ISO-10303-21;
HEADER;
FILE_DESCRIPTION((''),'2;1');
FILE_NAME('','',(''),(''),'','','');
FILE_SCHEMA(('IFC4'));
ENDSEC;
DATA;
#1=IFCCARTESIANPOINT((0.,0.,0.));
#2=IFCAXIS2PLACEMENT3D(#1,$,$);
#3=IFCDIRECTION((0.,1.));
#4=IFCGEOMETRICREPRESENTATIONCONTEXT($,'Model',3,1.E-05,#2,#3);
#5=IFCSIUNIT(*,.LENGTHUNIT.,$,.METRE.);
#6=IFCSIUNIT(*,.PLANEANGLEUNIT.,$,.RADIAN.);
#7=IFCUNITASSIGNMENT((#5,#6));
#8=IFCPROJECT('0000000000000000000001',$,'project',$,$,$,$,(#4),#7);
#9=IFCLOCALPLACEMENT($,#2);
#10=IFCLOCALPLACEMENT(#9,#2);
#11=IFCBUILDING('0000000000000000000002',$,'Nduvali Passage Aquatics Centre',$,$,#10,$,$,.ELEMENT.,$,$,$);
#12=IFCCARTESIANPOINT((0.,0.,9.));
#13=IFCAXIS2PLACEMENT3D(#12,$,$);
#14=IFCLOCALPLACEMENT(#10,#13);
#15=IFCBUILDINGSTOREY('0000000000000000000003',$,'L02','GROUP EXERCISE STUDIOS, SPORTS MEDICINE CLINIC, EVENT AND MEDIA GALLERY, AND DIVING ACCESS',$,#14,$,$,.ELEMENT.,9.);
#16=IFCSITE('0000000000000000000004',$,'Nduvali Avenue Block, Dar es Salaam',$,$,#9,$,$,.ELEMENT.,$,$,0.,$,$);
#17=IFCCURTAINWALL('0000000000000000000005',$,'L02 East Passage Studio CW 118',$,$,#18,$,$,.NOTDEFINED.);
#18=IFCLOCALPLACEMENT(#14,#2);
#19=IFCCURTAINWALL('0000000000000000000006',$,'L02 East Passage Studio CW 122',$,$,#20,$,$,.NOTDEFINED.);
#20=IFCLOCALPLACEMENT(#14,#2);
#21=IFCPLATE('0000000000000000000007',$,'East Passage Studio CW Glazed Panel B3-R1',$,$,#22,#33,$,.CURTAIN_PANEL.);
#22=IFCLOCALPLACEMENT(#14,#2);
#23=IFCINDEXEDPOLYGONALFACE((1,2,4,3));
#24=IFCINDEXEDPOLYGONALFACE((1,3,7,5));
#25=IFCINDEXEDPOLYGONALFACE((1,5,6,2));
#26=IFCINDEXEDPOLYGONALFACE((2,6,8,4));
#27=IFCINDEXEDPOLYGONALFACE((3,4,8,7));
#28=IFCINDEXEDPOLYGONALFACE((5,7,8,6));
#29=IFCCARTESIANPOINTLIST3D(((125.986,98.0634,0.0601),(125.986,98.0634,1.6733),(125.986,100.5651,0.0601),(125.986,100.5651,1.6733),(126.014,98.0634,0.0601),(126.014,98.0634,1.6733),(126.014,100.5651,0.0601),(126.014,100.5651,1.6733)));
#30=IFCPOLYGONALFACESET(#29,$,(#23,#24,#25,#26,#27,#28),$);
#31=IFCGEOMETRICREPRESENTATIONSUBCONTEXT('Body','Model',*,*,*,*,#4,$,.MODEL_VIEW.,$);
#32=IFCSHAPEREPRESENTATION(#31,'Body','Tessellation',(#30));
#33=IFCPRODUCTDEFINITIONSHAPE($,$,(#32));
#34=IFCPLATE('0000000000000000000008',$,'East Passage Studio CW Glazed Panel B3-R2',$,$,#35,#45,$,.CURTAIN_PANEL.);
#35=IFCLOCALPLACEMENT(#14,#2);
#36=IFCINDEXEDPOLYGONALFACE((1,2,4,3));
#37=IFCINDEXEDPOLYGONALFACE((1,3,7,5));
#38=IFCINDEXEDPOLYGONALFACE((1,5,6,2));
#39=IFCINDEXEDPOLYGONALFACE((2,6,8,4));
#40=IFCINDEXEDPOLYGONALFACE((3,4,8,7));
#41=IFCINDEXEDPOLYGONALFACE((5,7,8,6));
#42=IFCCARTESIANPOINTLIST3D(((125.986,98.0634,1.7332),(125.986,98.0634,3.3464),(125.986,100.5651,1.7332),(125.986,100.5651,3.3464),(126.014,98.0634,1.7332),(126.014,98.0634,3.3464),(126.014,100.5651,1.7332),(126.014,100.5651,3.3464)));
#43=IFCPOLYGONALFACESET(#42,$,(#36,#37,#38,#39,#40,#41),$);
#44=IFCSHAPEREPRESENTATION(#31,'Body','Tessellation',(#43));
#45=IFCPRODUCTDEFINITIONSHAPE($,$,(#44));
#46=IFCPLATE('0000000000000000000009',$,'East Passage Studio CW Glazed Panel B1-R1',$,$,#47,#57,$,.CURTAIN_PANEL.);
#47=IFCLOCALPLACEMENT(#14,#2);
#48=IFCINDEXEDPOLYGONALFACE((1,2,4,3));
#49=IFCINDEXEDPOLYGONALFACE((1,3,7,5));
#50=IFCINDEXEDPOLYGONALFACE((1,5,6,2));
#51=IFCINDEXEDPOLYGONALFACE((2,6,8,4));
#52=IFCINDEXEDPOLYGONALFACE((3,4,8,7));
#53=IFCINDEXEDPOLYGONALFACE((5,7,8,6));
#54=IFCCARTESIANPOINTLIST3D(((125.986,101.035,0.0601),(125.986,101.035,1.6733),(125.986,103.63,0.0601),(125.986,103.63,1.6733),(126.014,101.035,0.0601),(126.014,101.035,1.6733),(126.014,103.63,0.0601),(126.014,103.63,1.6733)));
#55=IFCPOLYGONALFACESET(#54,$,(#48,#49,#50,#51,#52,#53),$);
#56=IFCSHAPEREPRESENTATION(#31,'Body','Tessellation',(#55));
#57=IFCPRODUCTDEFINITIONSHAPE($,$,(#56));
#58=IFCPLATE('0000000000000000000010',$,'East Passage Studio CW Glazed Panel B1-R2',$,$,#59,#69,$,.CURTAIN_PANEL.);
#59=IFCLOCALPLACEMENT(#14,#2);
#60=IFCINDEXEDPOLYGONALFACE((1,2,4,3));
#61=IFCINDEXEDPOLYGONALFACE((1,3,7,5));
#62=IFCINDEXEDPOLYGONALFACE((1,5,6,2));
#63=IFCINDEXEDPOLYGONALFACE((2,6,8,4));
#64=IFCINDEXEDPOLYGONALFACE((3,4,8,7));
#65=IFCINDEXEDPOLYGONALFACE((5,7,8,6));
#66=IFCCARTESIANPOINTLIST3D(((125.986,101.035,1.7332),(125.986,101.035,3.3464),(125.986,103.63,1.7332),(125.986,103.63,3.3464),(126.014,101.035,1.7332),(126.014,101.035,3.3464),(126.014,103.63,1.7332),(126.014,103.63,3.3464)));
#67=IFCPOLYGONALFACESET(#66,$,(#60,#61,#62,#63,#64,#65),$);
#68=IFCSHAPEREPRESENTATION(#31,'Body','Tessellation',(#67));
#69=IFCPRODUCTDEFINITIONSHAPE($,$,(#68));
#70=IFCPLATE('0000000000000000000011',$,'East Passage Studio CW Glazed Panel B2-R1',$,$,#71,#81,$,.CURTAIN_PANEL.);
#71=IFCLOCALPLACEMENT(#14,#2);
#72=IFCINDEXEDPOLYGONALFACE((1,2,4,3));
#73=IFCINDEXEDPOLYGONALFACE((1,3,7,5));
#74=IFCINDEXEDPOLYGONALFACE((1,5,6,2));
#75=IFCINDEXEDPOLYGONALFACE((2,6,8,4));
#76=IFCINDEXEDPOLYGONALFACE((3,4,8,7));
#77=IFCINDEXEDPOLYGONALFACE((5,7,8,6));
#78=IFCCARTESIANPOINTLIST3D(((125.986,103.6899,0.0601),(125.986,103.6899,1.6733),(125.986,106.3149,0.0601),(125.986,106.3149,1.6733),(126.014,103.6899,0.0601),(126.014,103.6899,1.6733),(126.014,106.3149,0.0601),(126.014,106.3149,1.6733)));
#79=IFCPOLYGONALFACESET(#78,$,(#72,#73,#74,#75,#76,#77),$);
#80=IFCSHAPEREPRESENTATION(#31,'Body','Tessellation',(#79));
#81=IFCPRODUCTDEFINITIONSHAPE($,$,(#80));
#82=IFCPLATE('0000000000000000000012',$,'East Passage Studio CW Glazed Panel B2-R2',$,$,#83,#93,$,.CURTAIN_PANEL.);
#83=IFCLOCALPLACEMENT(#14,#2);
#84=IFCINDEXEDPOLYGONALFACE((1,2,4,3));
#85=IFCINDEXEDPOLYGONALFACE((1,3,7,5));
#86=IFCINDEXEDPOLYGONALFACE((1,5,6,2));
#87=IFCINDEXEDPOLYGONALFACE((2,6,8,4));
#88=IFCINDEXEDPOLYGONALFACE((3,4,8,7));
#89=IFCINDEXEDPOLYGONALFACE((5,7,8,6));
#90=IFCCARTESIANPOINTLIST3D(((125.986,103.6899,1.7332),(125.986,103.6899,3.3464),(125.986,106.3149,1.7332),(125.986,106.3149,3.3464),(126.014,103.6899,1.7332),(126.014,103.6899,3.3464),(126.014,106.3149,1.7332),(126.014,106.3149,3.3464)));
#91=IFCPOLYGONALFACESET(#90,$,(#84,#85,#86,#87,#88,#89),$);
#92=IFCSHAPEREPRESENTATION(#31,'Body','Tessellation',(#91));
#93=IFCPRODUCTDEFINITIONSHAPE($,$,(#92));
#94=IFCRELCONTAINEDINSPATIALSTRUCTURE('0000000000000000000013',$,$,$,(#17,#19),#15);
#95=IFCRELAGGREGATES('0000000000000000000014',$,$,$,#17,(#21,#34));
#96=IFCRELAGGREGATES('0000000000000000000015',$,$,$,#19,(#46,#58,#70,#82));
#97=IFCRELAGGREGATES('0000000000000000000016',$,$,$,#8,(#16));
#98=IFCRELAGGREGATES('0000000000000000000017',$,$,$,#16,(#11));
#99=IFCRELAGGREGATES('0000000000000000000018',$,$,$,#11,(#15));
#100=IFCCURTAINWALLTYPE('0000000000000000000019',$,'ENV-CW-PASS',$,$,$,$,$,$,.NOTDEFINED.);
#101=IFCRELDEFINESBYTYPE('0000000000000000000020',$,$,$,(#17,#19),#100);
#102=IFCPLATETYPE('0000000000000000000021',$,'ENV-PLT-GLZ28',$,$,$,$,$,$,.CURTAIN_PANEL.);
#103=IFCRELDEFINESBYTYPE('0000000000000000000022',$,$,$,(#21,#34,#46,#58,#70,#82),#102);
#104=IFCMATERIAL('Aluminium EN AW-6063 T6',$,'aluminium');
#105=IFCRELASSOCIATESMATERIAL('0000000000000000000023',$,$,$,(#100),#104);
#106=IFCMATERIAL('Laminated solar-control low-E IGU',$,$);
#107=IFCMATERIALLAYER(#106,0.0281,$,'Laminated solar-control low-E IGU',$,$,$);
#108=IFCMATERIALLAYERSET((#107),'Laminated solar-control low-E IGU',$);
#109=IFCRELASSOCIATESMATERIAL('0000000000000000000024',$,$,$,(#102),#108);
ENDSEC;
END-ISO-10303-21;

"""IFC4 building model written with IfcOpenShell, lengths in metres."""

from ifc_helpers import new_model, si_unit, direction, frame, origin, origin_2d, place, context, subcontext, project, spatial, rectangle, extrude, material, layer, layer_set, type_object, element, aggregate, save


model = new_model("IFC4")

# Units and contexts
model_context = context("Model", 3, precision=1e-05, world=origin(), true_north=direction((0.0, 1.0)))
body_context = subcontext(model_context, "Body", "Model", "MODEL_VIEW")
ifc_project = project(units=[si_unit("LENGTHUNIT", "METRE"), si_unit("PLANEANGLEUNIT", "RADIAN")], contexts=[model_context])

# Site, building, storey
site_placement = place(None, origin())
site = spatial("IfcSite", under=ifc_project, at=site_placement, Name="Nduvali Avenue Block, Dar es Salaam", CompositionType="ELEMENT", RefElevation=0.0)
building_placement = place(site_placement, origin())
building = spatial("IfcBuilding", under=site, at=building_placement, Name="Nduvali Passage Aquatics Centre", CompositionType="ELEMENT")
storey_placement = place(building_placement, frame((0.0, 0.0, 9.0)))
storey = spatial("IfcBuildingStorey", under=building, at=storey_placement, Name="L02", Description="GROUP EXERCISE STUDIOS, SPORTS MEDICINE CLINIC, EVENT AND MEDIA GALLERY, AND DIVING ACCESS", CompositionType="ELEMENT", Elevation=9.0)

# Curtain walls
ifc_material_1 = material(Name="Aluminium EN AW-6063 T6", Category="aluminium")
curtain_wall_type = type_object("IfcCurtainWallType", Name="ENV-CW-PASS", PredefinedType="NOTDEFINED", material=ifc_material_1)
curtain_wall_1_placement = place(storey_placement, origin())
curtain_wall_1 = element("IfcCurtainWall", 1, at=curtain_wall_1_placement, inside=storey, type_object=curtain_wall_type, Name="L02 East Passage Studio CW 118", PredefinedType="NOTDEFINED")
curtain_wall_2_placement = place(storey_placement, origin())
curtain_wall_2 = element("IfcCurtainWall", 2, at=curtain_wall_2_placement, inside=storey, type_object=curtain_wall_type, Name="L02 East Passage Studio CW 122", PredefinedType="NOTDEFINED")

# Plates
ifc_material_2 = material(Name="Laminated solar-control low-E IGU")
ifc_layer = layer(ifc_material_2, 0.0281, Name="Laminated solar-control low-E IGU")
ifc_layer_set = layer_set([ifc_layer], Name="Laminated solar-control low-E IGU")
plate_type = type_object("IfcPlateType", Name="ENV-PLT-GLZ28", PredefinedType="CURTAIN_PANEL", material=ifc_layer_set)
plate_1_placement = place(storey_placement, frame((126.0, 99.3142, 0.0601), z_axis=(0.0, 0.0, 1.0), x_axis=(0.0, 1.0, 0.0)))
plate_1 = element("IfcPlate", 3, at=plate_1_placement, type_object=plate_type, Name="East Passage Studio CW Glazed Panel B3-R1", PredefinedType="CURTAIN_PANEL", context=body_context, shape_type="SweptSolid", body=[
    extrude(rectangle(XDim=2.5017, YDim=0.0281, at=origin_2d()), origin(), (0.0, 0.0, 1.0), 1.6133),
])
plate_2_placement = place(storey_placement, frame((126.0, 99.3142, 1.7332), z_axis=(0.0, 0.0, 1.0), x_axis=(0.0, 1.0, 0.0)))
plate_2 = element("IfcPlate", 4, at=plate_2_placement, type_object=plate_type, Name="East Passage Studio CW Glazed Panel B3-R2", PredefinedType="CURTAIN_PANEL", context=body_context, shape_type="SweptSolid", body=[
    extrude(rectangle(XDim=2.5017, YDim=0.0281, at=origin_2d()), origin(), (0.0, 0.0, 1.0), 1.6133),
])
aggregate(curtain_wall_1, [plate_1, plate_2])
plate_3_placement = place(storey_placement, frame((126.0, 102.3325, 0.0601), z_axis=(0.0, 0.0, 1.0), x_axis=(0.0, 1.0, 0.0)))
plate_3 = element("IfcPlate", 5, at=plate_3_placement, type_object=plate_type, Name="East Passage Studio CW Glazed Panel B1-R1", PredefinedType="CURTAIN_PANEL", context=body_context, shape_type="SweptSolid", body=[
    extrude(rectangle(XDim=2.595, YDim=0.0281, at=origin_2d()), origin(), (0.0, 0.0, 1.0), 1.6133),
])
plate_4_placement = place(storey_placement, frame((126.0, 102.3325, 1.7332), z_axis=(0.0, 0.0, 1.0), x_axis=(0.0, 1.0, 0.0)))
plate_4 = element("IfcPlate", 6, at=plate_4_placement, type_object=plate_type, Name="East Passage Studio CW Glazed Panel B1-R2", PredefinedType="CURTAIN_PANEL", context=body_context, shape_type="SweptSolid", body=[
    extrude(rectangle(XDim=2.595, YDim=0.0281, at=origin_2d()), origin(), (0.0, 0.0, 1.0), 1.6133),
])
plate_5_placement = place(storey_placement, frame((126.0, 105.0024, 0.0601), z_axis=(0.0, 0.0, 1.0), x_axis=(0.0, 1.0, 0.0)))
plate_5 = element("IfcPlate", 7, at=plate_5_placement, type_object=plate_type, Name="East Passage Studio CW Glazed Panel B2-R1", PredefinedType="CURTAIN_PANEL", context=body_context, shape_type="SweptSolid", body=[
    extrude(rectangle(XDim=2.625, YDim=0.0281, at=origin_2d()), origin(), (0.0, 0.0, 1.0), 1.6133),
])
plate_6_placement = place(storey_placement, frame((126.0, 105.0024, 1.7332), z_axis=(0.0, 0.0, 1.0), x_axis=(0.0, 1.0, 0.0)))
plate_6 = element("IfcPlate", 8, at=plate_6_placement, type_object=plate_type, Name="East Passage Studio CW Glazed Panel B2-R2", PredefinedType="CURTAIN_PANEL", context=body_context, shape_type="SweptSolid", body=[
    extrude(rectangle(XDim=2.625, YDim=0.0281, at=origin_2d()), origin(), (0.0, 0.0, 1.0), 1.6133),
])
aggregate(curtain_wall_2, [plate_3, plate_4, plate_5, plate_6])

save(model, "model.ifc")
